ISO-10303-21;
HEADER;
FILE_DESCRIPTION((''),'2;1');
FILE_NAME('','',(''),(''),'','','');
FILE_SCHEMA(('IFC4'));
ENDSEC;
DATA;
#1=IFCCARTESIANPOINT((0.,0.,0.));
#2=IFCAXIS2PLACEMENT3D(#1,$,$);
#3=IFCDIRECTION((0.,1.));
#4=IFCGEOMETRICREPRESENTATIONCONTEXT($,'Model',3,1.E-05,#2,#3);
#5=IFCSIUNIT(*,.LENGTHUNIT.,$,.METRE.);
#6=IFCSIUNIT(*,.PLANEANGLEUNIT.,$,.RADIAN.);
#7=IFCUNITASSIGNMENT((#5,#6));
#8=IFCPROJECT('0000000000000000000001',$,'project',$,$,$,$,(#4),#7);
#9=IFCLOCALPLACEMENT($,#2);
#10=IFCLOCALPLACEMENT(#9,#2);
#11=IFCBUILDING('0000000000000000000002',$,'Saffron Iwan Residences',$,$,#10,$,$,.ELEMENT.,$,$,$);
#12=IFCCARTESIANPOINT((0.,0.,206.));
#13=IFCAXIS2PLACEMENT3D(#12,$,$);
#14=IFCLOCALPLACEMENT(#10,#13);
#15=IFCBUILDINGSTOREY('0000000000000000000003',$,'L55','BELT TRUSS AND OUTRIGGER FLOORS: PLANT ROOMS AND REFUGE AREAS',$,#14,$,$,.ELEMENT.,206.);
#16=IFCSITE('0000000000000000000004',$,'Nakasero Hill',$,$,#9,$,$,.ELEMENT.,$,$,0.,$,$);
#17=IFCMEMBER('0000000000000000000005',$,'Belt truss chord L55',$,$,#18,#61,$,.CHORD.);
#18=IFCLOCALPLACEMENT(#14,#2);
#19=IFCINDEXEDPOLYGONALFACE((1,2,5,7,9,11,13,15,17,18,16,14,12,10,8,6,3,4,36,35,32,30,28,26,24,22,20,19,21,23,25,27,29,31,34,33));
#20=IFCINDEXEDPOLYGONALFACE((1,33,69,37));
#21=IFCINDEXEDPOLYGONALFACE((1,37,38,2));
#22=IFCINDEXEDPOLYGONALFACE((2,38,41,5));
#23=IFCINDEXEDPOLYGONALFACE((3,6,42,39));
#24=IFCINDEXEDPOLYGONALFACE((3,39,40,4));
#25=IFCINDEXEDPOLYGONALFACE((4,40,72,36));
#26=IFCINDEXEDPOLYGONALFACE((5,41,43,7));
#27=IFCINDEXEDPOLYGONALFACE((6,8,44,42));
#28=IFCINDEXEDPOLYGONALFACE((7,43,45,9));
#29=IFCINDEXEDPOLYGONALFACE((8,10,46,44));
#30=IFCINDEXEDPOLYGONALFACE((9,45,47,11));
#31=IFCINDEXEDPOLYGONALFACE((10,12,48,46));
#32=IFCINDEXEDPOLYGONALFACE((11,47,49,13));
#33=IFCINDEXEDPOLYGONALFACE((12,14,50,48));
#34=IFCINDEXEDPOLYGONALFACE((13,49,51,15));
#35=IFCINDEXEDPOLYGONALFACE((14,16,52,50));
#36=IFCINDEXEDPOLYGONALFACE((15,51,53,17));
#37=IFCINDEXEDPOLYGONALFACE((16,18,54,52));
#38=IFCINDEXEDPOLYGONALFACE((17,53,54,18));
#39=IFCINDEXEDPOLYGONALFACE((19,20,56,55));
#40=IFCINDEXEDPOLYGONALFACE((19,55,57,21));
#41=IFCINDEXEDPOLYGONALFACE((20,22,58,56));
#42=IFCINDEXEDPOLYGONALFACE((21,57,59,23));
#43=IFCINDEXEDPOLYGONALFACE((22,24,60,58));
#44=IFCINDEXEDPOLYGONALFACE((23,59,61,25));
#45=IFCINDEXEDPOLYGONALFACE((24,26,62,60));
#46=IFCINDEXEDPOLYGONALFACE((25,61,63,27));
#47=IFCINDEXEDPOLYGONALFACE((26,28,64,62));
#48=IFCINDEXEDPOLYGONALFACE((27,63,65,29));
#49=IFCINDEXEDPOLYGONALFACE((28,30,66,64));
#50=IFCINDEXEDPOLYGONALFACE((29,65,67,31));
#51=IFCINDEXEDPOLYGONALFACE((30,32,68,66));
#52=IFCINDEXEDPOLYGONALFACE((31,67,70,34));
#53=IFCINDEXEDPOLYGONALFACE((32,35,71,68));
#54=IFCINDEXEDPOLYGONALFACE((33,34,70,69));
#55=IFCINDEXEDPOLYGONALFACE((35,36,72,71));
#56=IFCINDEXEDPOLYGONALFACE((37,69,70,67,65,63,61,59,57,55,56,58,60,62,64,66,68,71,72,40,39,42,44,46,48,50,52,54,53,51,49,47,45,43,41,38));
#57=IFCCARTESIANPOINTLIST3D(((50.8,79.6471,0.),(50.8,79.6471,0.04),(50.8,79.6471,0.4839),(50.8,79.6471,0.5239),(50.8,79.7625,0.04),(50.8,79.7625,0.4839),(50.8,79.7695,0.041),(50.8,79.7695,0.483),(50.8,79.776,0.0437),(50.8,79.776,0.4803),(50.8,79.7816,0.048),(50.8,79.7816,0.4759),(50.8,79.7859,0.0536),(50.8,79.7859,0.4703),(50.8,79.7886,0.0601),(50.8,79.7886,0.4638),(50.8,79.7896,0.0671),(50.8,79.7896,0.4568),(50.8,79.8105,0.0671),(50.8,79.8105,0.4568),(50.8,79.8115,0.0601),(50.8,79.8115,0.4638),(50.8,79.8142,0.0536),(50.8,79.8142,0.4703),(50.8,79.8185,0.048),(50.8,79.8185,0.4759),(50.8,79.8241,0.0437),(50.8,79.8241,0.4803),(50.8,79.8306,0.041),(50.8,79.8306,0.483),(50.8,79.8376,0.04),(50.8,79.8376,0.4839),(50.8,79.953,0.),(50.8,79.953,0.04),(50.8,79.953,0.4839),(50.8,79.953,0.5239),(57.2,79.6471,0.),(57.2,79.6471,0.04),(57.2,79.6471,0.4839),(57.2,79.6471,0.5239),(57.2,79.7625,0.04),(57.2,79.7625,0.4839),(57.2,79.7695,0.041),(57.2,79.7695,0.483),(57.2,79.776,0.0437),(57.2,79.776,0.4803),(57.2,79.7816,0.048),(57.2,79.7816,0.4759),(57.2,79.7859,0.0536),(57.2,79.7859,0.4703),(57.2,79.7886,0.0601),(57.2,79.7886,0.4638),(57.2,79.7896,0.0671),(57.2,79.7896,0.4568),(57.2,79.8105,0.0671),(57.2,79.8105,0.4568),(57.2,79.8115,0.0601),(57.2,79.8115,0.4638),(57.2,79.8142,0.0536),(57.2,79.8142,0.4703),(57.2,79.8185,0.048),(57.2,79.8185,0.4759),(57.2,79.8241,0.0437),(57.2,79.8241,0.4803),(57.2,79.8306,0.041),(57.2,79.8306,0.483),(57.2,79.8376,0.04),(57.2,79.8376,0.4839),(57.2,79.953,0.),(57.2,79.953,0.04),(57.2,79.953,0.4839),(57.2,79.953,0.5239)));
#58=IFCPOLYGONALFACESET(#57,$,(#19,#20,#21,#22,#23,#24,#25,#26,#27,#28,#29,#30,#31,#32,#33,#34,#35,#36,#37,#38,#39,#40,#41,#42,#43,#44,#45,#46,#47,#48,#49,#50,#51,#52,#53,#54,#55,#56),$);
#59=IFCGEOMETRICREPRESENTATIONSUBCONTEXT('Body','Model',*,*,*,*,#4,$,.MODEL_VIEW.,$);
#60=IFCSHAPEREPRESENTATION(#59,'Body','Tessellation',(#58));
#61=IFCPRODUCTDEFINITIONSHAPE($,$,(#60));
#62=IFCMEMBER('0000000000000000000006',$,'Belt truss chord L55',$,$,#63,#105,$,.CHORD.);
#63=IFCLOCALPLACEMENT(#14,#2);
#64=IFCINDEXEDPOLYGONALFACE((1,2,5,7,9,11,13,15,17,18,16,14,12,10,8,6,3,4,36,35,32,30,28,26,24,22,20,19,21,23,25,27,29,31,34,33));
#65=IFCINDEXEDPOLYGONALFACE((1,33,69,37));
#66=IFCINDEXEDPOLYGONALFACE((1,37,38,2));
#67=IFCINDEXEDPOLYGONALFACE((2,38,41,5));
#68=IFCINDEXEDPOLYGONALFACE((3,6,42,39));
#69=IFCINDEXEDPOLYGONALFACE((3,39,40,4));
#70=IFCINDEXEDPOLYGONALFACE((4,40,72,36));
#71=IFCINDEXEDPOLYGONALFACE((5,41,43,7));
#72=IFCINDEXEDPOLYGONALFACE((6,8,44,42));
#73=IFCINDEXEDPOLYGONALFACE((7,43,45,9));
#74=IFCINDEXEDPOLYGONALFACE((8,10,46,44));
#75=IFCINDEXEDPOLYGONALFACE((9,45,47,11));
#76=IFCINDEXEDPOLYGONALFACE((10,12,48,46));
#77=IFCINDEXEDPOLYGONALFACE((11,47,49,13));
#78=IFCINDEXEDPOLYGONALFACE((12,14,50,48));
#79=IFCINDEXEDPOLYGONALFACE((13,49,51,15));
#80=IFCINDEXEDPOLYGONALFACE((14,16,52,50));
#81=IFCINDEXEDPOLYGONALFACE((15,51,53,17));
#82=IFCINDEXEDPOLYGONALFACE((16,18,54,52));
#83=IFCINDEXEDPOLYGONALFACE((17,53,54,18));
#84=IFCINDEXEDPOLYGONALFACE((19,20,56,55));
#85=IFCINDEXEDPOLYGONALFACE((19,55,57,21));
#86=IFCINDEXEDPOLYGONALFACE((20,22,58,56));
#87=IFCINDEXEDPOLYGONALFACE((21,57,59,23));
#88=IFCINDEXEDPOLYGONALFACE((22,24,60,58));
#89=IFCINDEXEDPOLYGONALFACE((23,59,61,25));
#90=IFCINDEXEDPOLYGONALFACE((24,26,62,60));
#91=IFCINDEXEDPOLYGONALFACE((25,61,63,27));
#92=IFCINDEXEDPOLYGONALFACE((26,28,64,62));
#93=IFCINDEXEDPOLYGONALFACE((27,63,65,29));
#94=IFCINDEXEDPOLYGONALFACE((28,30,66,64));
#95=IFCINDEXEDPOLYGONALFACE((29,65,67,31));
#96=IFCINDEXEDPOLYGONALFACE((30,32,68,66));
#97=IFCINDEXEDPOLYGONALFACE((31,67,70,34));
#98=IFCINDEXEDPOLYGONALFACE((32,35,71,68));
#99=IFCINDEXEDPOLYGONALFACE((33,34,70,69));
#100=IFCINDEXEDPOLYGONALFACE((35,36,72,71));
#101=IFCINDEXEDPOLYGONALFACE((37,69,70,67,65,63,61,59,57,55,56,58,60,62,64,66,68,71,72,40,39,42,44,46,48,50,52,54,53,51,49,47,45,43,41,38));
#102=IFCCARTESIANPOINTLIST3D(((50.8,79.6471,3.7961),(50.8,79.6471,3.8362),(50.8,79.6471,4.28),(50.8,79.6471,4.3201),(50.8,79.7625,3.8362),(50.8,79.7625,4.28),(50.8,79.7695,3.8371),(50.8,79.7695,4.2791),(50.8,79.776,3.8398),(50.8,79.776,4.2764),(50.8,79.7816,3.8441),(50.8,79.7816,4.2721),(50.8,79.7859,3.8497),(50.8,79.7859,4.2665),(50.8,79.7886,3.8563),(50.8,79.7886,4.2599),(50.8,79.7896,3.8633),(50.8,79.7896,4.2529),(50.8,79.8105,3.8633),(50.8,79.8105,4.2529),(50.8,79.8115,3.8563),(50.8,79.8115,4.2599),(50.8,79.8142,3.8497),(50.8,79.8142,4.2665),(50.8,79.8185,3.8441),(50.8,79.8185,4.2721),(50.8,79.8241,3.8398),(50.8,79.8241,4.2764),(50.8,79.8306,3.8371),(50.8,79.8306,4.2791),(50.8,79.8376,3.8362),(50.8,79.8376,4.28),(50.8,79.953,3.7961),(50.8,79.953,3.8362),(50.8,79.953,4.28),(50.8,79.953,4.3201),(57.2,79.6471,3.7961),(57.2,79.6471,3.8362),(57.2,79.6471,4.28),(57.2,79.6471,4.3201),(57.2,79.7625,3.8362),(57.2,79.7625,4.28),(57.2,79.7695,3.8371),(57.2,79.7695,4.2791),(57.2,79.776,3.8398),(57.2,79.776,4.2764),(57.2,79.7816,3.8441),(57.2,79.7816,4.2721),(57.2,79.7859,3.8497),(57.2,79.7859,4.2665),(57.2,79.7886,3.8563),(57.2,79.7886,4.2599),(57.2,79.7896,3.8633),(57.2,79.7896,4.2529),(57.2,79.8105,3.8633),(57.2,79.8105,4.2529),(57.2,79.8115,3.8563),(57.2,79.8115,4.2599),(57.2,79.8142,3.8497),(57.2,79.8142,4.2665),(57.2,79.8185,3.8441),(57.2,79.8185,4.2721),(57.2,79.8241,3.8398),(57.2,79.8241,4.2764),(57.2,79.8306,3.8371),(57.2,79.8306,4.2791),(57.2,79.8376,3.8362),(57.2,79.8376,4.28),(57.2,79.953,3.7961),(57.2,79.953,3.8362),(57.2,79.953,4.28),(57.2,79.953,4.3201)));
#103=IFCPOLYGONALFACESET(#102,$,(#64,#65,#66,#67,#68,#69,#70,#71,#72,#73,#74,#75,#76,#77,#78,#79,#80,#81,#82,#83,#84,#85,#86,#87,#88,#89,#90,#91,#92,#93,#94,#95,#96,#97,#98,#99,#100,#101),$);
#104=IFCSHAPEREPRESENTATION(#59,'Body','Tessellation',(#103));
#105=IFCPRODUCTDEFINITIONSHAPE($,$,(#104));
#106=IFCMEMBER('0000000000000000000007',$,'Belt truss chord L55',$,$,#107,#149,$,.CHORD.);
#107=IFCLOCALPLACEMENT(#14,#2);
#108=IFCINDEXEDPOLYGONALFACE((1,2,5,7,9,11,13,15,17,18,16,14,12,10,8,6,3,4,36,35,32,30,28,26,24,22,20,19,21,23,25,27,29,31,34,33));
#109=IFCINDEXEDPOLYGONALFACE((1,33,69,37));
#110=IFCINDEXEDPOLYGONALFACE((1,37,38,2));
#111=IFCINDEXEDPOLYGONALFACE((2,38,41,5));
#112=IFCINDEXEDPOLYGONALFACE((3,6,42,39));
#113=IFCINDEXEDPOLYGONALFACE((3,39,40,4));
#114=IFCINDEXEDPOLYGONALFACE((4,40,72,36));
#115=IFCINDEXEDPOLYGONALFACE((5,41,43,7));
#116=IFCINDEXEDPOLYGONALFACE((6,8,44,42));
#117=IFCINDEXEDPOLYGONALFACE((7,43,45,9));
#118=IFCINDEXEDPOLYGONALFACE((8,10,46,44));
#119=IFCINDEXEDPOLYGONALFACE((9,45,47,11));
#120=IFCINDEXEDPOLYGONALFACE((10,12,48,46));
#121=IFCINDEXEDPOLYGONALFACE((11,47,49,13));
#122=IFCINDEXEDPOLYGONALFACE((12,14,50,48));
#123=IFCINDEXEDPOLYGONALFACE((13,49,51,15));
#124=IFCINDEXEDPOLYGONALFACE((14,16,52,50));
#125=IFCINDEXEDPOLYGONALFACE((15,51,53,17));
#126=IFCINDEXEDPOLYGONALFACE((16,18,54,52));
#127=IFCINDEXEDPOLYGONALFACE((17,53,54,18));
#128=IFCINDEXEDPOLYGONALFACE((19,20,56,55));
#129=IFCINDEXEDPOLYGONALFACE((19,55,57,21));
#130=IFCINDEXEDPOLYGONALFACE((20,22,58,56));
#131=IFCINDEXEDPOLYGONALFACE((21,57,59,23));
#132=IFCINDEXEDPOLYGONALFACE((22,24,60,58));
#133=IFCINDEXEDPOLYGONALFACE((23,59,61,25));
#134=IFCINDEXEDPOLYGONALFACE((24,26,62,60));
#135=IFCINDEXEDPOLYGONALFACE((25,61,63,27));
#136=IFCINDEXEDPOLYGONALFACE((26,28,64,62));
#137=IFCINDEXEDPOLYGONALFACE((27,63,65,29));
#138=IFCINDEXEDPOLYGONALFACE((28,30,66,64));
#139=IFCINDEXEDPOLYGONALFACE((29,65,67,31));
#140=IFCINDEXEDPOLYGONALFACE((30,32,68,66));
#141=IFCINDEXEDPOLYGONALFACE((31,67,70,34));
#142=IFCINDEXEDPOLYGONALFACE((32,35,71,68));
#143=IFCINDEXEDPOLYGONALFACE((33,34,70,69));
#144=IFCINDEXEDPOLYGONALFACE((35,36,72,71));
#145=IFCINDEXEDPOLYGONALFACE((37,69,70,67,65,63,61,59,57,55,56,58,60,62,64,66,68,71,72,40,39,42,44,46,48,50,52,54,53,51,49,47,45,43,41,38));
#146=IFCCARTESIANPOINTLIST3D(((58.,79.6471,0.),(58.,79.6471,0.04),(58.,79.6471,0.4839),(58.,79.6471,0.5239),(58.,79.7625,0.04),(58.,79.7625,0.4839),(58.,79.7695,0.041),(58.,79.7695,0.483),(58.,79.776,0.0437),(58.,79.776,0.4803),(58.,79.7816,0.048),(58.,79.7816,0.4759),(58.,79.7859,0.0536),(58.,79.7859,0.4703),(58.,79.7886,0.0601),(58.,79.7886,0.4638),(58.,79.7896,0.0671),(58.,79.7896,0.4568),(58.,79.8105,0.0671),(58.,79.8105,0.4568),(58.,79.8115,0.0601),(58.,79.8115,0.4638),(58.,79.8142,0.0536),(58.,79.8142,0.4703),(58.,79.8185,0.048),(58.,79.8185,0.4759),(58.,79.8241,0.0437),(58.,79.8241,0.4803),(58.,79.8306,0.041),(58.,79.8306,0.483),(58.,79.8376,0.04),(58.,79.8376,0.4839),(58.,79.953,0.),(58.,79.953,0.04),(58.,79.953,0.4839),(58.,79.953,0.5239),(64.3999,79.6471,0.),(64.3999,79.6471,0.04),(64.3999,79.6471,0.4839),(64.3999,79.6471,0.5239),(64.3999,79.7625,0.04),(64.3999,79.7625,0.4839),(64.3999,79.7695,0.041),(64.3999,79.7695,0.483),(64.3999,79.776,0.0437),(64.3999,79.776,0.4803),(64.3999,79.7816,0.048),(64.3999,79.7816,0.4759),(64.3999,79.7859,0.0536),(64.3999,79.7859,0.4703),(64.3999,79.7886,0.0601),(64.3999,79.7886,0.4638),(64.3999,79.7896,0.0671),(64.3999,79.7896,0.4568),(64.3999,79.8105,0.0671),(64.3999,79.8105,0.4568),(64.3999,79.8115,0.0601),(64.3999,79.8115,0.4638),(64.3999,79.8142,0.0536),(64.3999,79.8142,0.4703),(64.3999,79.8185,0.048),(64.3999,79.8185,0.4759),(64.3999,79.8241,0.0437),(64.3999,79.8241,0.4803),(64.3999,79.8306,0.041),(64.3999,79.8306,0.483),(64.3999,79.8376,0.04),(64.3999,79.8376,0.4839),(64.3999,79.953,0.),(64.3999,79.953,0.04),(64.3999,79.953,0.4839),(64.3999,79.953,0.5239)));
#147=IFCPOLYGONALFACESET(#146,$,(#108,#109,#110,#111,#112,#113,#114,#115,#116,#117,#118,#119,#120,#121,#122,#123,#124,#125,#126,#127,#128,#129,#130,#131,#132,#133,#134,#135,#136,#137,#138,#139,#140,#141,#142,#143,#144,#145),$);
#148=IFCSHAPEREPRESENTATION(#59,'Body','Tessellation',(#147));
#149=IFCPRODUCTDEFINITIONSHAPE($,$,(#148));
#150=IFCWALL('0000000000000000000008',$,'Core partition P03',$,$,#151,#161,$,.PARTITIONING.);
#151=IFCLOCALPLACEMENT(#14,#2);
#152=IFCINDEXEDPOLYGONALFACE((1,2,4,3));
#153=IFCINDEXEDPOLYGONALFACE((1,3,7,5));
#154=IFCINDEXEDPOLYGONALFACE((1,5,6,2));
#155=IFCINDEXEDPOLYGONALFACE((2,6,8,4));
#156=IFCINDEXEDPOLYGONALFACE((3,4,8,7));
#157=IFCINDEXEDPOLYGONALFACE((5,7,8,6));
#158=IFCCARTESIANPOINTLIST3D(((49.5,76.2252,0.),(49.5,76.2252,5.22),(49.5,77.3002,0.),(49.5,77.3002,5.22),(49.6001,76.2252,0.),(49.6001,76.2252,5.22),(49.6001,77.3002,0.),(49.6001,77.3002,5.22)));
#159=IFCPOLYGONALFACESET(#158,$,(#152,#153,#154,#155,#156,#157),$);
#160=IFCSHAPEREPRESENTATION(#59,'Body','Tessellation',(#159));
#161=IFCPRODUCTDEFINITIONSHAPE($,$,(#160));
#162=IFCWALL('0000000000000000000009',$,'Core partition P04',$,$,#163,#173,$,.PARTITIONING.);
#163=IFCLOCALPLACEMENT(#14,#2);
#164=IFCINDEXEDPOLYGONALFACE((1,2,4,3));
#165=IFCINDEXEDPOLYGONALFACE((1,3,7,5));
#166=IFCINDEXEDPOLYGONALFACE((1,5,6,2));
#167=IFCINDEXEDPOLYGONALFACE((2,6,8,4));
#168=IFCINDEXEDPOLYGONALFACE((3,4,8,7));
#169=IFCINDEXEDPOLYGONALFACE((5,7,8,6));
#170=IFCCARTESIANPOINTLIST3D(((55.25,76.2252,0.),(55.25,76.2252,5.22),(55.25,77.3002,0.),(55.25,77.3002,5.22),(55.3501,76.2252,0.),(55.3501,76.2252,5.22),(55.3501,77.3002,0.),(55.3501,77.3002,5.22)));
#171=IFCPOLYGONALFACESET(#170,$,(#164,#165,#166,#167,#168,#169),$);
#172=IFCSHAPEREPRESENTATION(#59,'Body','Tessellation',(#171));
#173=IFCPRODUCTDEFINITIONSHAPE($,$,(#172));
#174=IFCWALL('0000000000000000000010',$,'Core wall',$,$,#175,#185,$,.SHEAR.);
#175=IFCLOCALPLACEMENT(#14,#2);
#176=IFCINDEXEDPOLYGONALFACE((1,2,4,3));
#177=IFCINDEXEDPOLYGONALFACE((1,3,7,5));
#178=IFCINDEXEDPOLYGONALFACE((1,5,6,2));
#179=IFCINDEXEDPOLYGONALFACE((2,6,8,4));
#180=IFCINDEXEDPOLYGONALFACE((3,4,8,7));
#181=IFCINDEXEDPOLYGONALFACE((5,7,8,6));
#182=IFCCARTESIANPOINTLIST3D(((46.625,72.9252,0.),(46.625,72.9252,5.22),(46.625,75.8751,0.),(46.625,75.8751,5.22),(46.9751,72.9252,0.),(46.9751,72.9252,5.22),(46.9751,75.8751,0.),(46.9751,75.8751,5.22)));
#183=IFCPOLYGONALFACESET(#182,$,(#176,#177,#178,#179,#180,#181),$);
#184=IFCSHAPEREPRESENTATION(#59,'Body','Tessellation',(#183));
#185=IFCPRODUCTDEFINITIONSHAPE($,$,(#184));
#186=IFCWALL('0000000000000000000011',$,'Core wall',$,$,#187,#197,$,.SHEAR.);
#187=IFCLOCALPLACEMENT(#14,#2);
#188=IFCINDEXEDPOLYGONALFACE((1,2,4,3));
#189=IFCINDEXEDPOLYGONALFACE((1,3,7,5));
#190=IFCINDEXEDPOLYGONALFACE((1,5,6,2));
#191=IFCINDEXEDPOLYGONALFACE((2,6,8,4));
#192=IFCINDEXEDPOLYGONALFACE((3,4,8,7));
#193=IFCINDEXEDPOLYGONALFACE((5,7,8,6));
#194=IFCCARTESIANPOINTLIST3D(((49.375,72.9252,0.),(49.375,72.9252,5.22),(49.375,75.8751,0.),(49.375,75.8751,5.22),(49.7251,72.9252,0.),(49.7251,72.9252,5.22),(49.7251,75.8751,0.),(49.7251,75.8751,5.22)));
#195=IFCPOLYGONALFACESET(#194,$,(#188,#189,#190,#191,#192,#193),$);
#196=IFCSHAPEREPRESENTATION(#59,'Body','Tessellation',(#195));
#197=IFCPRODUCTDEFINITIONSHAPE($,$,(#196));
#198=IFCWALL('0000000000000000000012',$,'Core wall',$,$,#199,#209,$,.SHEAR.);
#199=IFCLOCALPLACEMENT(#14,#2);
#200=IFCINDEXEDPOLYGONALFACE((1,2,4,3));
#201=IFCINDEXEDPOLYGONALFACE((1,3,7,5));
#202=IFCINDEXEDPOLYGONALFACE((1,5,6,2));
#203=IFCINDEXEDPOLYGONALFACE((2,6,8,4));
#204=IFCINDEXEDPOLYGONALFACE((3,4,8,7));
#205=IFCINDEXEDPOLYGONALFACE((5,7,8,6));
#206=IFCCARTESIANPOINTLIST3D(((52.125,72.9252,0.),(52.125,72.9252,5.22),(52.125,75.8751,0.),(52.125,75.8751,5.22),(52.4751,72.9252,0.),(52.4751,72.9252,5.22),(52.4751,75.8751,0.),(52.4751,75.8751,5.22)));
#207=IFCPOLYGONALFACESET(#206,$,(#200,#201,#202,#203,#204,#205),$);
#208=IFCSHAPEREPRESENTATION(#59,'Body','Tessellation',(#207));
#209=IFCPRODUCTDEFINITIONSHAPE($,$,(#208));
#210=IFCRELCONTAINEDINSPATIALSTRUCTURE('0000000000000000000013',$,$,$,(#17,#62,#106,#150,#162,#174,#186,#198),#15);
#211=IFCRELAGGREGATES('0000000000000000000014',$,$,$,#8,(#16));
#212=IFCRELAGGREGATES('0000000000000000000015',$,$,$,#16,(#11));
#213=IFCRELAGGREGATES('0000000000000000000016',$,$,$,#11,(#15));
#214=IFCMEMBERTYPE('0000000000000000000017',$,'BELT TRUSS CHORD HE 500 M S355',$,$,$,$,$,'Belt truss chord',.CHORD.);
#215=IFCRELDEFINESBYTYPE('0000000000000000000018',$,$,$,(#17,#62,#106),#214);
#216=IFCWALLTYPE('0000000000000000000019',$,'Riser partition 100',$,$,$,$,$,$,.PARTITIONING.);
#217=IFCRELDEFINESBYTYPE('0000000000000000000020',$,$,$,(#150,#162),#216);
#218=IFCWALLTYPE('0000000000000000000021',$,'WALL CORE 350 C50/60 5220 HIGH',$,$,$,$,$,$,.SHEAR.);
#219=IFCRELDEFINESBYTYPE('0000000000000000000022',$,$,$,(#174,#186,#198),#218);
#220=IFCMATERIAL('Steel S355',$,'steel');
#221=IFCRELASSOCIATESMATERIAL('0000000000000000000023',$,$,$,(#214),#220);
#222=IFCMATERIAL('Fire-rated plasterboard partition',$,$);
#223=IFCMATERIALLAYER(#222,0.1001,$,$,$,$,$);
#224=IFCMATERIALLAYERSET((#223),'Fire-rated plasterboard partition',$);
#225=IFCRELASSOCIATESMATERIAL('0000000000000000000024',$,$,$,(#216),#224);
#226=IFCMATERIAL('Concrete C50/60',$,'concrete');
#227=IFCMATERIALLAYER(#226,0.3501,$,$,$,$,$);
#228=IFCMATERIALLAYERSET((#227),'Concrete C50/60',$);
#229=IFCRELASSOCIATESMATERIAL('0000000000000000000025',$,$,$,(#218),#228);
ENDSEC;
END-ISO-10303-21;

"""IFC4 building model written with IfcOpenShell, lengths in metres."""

from ifc_helpers import new_model, si_unit, direction, frame, frame_2d, origin, origin_2d, place, context, subcontext, project, spatial, rectangle, i_section, extrude, source, transform, mapped, material, layer, layer_set, material_profile, profile_set, type_object, element, save


model = new_model("IFC4")

# Units and contexts
model_context = context("Model", 3, precision=1e-05, world=origin(), true_north=direction((0.0, 1.0)))
body_context = subcontext(model_context, "Body", "Model", "MODEL_VIEW")
ifc_project = project(units=[si_unit("LENGTHUNIT", "METRE"), si_unit("PLANEANGLEUNIT", "RADIAN")], contexts=[model_context])

# Site, building, storey
site_placement = place(None, origin())
site = spatial("IfcSite", under=ifc_project, at=site_placement, Name="Nakasero Hill", CompositionType="ELEMENT", RefElevation=0.0)
building_placement = place(site_placement, origin())
building = spatial("IfcBuilding", under=site, at=building_placement, Name="Saffron Iwan Residences", CompositionType="ELEMENT")
storey_placement = place(building_placement, frame((0.0, 0.0, 206.0)))
storey = spatial("IfcBuildingStorey", under=building, at=storey_placement, Name="L55", Description="BELT TRUSS AND OUTRIGGER FLOORS: PLANT ROOMS AND REFUGE AREAS", CompositionType="ELEMENT", Elevation=206.0)

# Shared definitions
ifc_material_1 = material(Name="Concrete C50/60", Category="concrete")

# Members
ifc_material_2 = material(Name="Steel S355", Category="steel")
ifc_material_profile_1 = material_profile(ifc_material_2, i_section(OverallWidth=0.3059, OverallDepth=0.5239, WebThickness=0.021, FlangeThickness=0.04, FilletRadius=0.0271, at=origin_2d()), Name="HE 500 M")
ifc_profile_set_1 = profile_set([ifc_material_profile_1], Name="Steel S355")
member_type_1 = type_object("IfcMemberType", Name="BELT TRUSS CHORD HE 500 M S355", ElementType="Belt truss chord", PredefinedType="CHORD", material=ifc_profile_set_1)
shared_shape_1 = source(origin(), body_context, "Body", "SweptSolid", [
    extrude(i_section(OverallWidth=0.3059, OverallDepth=0.5239, WebThickness=0.021, FlangeThickness=0.04, FilletRadius=0.0271, at=origin_2d()), origin(), (0.0, 0.0, 1.0), 6.3999),
])
for number, where, z_axis, x_axis, name in (
    (1, (50.8, 79.8, 0.262), (1.0, 0.0, 0.0), (0.0, 1.0, 0.0), "Belt truss chord L55"),
    (2, (50.8, 79.8, 4.0581), (1.0, 0.0, 0.0), (0.0, 1.0, 0.0), "Belt truss chord L55"),
    (3, (58.0, 79.8, 0.262), (1.0, 0.0, 0.0), (0.0, 1.0, 0.0), "Belt truss chord L55"),
):
    element("IfcMember", number, at=place(storey_placement, frame(where, z_axis=z_axis, x_axis=x_axis)), inside=storey, type_object=member_type_1, Name=name, PredefinedType="CHORD", context=body_context, shape_type="MappedRepresentation", body=[
        mapped(shared_shape_1, transform((0.0, 0.0, 0.0))),
    ])

# Walls
ifc_material_3 = material(Name="Fire-rated plasterboard partition")
ifc_layer_1 = layer(ifc_material_3, 0.1001)
ifc_layer_set_1 = layer_set([ifc_layer_1], Name="Fire-rated plasterboard partition")
wall_type_1 = type_object("IfcWallType", Name="Riser partition 100", PredefinedType="PARTITIONING", material=ifc_layer_set_1)
for number, where, z_axis, x_axis, name in (
    (4, (49.55, 76.2251, 0.0), (0.0, 0.0, 1.0), (0.0, 1.0, 0.0), "Core partition P03"),
    (5, (55.3, 76.2251, 0.0), (0.0, 0.0, 1.0), (0.0, 1.0, 0.0), "Core partition P04"),
):
    element("IfcWall", number, at=place(storey_placement, frame(where, z_axis=z_axis, x_axis=x_axis)), inside=storey, type_object=wall_type_1, Name=name, PredefinedType="PARTITIONING", context=body_context, shape_type="SweptSolid", body=[
        extrude(rectangle(XDim=1.075, YDim=0.1001, at=frame_2d((0.5376, 0.0))), origin(), (0.0, 0.0, 1.0), 5.22),
    ])
ifc_layer_2 = layer(ifc_material_1, 0.3501)
ifc_layer_set_2 = layer_set([ifc_layer_2], Name="Concrete C50/60")
wall_type_2 = type_object("IfcWallType", Name="WALL CORE 350 C50/60 5220 HIGH", PredefinedType="SHEAR", material=ifc_layer_set_2)
for number, where, z_axis, x_axis, name in (
    (6, (46.8, 72.925, 0.0), (0.0, 0.0, 1.0), (0.0, 1.0, 0.0), "Core wall"),
    (7, (49.55, 72.925, 0.0), (0.0, 0.0, 1.0), (0.0, 1.0, 0.0), "Core wall"),
    (8, (52.3, 72.925, 0.0), (0.0, 0.0, 1.0), (0.0, 1.0, 0.0), "Core wall"),
):
    element("IfcWall", number, at=place(storey_placement, frame(where, z_axis=z_axis, x_axis=x_axis)), inside=storey, type_object=wall_type_2, Name=name, PredefinedType="SHEAR", context=body_context, shape_type="SweptSolid", body=[
        extrude(rectangle(XDim=2.95, YDim=0.3501, at=frame_2d((1.4751, 0.0))), origin(), (0.0, 0.0, 1.0), 5.22),
    ])

save(model, "model.ifc")
